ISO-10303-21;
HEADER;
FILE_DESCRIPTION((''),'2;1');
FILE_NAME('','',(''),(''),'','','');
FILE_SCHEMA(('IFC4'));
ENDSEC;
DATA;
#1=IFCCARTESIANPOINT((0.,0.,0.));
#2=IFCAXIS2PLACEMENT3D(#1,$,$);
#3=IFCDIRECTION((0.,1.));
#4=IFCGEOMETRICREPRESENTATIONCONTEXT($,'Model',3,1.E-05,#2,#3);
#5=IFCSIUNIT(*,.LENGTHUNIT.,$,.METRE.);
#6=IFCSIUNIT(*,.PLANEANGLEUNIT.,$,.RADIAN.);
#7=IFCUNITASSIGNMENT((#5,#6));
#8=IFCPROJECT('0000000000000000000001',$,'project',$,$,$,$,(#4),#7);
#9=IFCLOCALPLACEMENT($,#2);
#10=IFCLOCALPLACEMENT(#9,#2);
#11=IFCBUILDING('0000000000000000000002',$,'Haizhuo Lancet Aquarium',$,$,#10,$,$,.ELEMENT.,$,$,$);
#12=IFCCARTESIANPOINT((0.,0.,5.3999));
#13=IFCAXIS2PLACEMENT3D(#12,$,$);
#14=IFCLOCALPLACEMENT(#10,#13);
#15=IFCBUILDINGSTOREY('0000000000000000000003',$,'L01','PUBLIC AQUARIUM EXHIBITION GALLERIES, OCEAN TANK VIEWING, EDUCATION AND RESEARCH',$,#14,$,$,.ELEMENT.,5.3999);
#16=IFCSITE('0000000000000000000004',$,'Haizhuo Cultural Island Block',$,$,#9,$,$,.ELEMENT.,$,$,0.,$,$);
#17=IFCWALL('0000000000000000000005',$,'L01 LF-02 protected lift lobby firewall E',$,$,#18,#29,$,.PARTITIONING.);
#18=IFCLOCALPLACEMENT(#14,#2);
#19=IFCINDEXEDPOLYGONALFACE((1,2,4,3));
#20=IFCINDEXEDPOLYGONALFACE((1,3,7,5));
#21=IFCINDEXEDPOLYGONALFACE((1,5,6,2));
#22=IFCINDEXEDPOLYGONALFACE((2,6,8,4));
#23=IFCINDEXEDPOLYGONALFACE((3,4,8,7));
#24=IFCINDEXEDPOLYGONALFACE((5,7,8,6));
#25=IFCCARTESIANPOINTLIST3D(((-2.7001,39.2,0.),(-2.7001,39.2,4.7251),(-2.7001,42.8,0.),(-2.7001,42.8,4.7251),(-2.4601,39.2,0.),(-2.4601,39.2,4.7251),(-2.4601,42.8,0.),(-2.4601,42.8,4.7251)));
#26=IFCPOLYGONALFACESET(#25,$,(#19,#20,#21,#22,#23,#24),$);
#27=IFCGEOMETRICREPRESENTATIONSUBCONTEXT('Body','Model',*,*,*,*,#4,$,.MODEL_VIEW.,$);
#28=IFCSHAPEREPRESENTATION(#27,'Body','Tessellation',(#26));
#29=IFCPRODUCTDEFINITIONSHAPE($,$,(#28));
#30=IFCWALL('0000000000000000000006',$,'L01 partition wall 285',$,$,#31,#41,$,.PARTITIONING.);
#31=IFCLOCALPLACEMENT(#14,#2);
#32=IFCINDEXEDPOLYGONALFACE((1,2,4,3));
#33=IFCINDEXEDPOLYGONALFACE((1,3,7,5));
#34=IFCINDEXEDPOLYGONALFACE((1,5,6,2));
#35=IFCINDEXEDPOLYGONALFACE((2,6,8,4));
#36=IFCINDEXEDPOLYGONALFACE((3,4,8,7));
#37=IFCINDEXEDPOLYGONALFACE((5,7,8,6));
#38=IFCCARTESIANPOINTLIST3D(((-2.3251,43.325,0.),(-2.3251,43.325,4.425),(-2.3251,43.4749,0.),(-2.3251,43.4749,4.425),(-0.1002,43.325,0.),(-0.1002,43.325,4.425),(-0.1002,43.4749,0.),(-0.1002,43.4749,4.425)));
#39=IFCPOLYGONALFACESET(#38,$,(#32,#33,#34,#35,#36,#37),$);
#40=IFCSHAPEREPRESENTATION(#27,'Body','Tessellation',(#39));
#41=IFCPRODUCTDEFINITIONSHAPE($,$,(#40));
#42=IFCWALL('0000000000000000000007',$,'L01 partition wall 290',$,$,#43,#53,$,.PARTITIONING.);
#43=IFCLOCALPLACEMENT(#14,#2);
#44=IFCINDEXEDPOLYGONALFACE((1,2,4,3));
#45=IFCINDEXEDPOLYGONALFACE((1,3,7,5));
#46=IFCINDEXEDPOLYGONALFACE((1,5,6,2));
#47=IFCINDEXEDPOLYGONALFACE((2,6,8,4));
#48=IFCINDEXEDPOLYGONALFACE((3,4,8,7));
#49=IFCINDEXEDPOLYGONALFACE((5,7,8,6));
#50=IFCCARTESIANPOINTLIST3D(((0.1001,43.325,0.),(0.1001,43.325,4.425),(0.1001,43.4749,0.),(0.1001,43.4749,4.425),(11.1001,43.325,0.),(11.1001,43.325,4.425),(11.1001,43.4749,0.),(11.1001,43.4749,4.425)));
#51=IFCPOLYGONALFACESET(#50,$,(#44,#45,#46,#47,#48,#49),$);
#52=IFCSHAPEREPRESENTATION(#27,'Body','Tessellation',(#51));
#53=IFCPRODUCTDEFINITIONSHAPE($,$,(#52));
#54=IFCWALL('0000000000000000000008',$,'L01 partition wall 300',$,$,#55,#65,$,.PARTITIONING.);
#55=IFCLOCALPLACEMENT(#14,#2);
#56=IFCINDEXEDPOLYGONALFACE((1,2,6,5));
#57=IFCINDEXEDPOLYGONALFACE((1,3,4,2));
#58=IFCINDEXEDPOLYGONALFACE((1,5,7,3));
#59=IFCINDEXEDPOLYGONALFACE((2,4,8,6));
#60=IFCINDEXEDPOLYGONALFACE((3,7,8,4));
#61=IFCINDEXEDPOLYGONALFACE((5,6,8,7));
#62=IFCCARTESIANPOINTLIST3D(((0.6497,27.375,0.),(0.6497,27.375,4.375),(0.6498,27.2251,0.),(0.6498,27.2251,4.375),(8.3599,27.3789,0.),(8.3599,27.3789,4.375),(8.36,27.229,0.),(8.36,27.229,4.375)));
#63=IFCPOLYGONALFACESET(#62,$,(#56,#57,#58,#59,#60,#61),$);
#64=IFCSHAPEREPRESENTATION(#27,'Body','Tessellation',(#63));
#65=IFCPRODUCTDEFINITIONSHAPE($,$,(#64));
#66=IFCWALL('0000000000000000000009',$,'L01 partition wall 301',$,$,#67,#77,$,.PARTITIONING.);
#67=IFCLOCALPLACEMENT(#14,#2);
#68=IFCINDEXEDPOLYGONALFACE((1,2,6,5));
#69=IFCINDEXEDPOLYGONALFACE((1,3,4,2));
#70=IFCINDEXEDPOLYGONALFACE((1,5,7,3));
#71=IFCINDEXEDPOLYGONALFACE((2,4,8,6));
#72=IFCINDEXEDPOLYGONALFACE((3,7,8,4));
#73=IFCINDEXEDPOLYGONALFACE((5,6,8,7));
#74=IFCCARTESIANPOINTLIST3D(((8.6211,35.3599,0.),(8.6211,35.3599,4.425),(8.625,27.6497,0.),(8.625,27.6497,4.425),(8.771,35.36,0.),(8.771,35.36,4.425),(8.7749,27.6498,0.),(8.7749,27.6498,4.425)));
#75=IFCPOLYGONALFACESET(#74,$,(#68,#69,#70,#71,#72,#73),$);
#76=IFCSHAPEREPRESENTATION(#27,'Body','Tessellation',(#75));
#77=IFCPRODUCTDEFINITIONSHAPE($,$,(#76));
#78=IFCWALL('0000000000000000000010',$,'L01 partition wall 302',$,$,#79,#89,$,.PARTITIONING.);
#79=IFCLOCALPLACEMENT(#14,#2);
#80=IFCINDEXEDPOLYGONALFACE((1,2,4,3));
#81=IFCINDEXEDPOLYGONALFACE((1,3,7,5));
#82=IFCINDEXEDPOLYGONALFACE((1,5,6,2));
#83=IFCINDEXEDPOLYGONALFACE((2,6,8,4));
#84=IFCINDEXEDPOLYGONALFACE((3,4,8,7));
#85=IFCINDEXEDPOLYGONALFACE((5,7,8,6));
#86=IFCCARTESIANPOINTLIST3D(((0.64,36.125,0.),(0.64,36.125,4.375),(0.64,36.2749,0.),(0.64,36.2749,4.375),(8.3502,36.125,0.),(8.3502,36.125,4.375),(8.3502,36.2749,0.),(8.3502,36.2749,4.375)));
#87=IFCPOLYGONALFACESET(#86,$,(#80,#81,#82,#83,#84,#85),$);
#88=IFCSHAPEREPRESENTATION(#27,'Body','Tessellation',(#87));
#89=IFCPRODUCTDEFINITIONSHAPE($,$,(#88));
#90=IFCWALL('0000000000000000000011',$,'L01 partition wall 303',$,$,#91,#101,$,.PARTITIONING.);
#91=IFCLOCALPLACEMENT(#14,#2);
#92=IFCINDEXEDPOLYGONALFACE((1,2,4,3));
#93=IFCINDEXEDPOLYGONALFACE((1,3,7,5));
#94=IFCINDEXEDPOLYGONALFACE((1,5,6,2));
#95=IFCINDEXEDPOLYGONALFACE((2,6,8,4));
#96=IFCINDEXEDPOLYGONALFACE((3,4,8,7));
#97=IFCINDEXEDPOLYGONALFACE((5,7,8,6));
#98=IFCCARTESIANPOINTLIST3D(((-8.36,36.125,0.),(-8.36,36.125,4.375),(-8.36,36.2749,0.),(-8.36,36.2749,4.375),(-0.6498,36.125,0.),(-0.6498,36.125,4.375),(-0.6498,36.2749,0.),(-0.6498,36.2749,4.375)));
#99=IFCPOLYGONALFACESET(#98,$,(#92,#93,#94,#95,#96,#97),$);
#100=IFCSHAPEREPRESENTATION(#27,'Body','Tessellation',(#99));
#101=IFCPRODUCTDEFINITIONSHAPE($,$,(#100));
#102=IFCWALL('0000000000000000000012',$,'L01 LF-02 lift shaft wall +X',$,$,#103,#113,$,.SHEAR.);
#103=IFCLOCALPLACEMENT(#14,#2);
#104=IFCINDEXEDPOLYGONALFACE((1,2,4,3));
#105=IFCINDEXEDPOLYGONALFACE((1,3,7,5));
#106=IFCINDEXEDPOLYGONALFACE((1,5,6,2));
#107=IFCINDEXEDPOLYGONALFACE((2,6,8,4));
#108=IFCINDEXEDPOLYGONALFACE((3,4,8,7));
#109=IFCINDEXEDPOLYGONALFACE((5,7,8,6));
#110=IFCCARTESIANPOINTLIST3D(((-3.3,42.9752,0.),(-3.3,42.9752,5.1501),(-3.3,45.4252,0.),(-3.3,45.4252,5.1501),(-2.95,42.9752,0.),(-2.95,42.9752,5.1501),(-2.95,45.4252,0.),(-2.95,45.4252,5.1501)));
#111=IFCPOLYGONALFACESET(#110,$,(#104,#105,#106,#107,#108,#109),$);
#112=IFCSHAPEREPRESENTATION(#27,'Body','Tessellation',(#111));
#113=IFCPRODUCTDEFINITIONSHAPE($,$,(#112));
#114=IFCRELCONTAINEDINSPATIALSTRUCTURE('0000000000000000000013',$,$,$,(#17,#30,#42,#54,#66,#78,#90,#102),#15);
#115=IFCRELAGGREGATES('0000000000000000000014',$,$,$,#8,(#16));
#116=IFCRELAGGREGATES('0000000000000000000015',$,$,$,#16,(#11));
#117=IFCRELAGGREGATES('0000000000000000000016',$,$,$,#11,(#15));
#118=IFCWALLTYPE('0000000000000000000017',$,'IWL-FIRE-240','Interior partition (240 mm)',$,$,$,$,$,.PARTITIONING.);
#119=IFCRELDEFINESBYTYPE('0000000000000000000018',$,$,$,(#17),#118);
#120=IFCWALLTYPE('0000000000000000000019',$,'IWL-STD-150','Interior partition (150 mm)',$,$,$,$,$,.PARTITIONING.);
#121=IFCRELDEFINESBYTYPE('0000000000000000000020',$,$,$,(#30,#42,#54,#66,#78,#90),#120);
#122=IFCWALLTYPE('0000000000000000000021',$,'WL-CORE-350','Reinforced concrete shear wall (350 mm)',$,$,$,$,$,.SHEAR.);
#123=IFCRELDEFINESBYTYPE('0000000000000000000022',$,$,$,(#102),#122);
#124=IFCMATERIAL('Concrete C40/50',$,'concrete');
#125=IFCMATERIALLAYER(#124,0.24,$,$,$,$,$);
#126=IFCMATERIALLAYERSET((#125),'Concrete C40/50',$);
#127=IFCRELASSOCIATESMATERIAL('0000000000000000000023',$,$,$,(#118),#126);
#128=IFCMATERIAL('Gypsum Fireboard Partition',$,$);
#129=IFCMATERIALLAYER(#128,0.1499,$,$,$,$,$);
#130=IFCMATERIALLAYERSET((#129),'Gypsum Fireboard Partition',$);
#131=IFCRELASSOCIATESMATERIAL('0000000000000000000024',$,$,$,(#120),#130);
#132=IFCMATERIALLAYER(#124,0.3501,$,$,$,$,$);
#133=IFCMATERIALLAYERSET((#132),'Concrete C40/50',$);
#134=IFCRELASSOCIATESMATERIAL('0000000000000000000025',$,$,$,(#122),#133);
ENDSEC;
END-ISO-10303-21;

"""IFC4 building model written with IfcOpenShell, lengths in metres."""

from ifc_helpers import new_model, si_unit, direction, frame, frame_2d, origin, place, context, subcontext, project, spatial, rectangle, extrude, material, layer, layer_set, type_object, element, save


model = new_model("IFC4")

# Units and contexts
model_context = context("Model", 3, precision=1e-05, world=origin(), true_north=direction((0.0, 1.0)))
body_context = subcontext(model_context, "Body", "Model", "MODEL_VIEW")
ifc_project = project(units=[si_unit("LENGTHUNIT", "METRE"), si_unit("PLANEANGLEUNIT", "RADIAN")], contexts=[model_context])

# Site, building, storey
site_placement = place(None, origin())
site = spatial("IfcSite", under=ifc_project, at=site_placement, Name="Haizhuo Cultural Island Block", CompositionType="ELEMENT", RefElevation=0.0)
building_placement = place(site_placement, origin())
building = spatial("IfcBuilding", under=site, at=building_placement, Name="Haizhuo Lancet Aquarium", CompositionType="ELEMENT")
storey_placement = place(building_placement, frame((0.0, 0.0, 5.3999)))
storey = spatial("IfcBuildingStorey", under=building, at=storey_placement, Name="L01", Description="PUBLIC AQUARIUM EXHIBITION GALLERIES, OCEAN TANK VIEWING, EDUCATION AND RESEARCH", CompositionType="ELEMENT", Elevation=5.3999)

# Shared definitions
ifc_material_1 = material(Name="Concrete C40/50", Category="concrete")

# Walls
ifc_layer_1 = layer(ifc_material_1, 0.24)
ifc_layer_set_1 = layer_set([ifc_layer_1], Name="Concrete C40/50")
wall_type_1 = type_object("IfcWallType", Name="IWL-FIRE-240", Description="Interior partition (240 mm)", PredefinedType="PARTITIONING", material=ifc_layer_set_1)
wall_1_placement = place(storey_placement, frame((-2.5801, 39.2, 0.0), z_axis=(0.0, 0.0, 1.0), x_axis=(0.0, 1.0, 0.0)))
element("IfcWall", 1, at=wall_1_placement, inside=storey, type_object=wall_type_1, Name="L01 LF-02 protected lift lobby firewall E", PredefinedType="PARTITIONING", context=body_context, shape_type="SweptSolid", body=[
    extrude(rectangle(XDim=3.6001, YDim=0.24, at=frame_2d((1.8, 0.0))), origin(), (0.0, 0.0, 1.0), 4.7251),
])
ifc_material_2 = material(Name="Gypsum Fireboard Partition")
ifc_layer_2 = layer(ifc_material_2, 0.1499)
ifc_layer_set_2 = layer_set([ifc_layer_2], Name="Gypsum Fireboard Partition")
wall_type_2 = type_object("IfcWallType", Name="IWL-STD-150", Description="Interior partition (150 mm)", PredefinedType="PARTITIONING", material=ifc_layer_set_2)
wall_2_placement = place(storey_placement, frame((-2.325, 43.3999, 0.0), z_axis=(0.0, 0.0, 1.0), x_axis=(1.0, 0.0, 0.0)))
element("IfcWall", 2, at=wall_2_placement, inside=storey, type_object=wall_type_2, Name="L01 partition wall 285", PredefinedType="PARTITIONING", context=body_context, shape_type="SweptSolid", body=[
    extrude(rectangle(XDim=2.2249, YDim=0.1499, at=frame_2d((1.1123, 0.0))), origin(), (0.0, 0.0, 1.0), 4.425),
])
wall_3_placement = place(storey_placement, frame((0.1001, 43.3999, 0.0), z_axis=(0.0, 0.0, 1.0), x_axis=(1.0, 0.0, 0.0)))
element("IfcWall", 3, at=wall_3_placement, inside=storey, type_object=wall_type_2, Name="L01 partition wall 290", PredefinedType="PARTITIONING", context=body_context, shape_type="SweptSolid", body=[
    extrude(rectangle(XDim=11.0, YDim=0.1499, at=frame_2d((5.5, 0.0))), origin(), (0.0, 0.0, 1.0), 4.425),
])
wall_4_placement = place(storey_placement, frame((0.6499, 27.3, 0.0), z_axis=(0.0, 0.0, 1.0), x_axis=(1.0, 0.000507, 0.0)))
element("IfcWall", 4, at=wall_4_placement, inside=storey, type_object=wall_type_2, Name="L01 partition wall 300", PredefinedType="PARTITIONING", context=body_context, shape_type="SweptSolid", body=[
    extrude(rectangle(XDim=7.7102, YDim=0.1499, at=frame_2d((3.855, 0.0))), origin(), (0.0, 0.0, 1.0), 4.375),
])
wall_5_placement = place(storey_placement, frame((8.7, 27.6499, 0.0), z_axis=(0.0, 0.0, 1.0), x_axis=(-0.000507, 1.0, 0.0)))
element("IfcWall", 5, at=wall_5_placement, inside=storey, type_object=wall_type_2, Name="L01 partition wall 301", PredefinedType="PARTITIONING", context=body_context, shape_type="SweptSolid", body=[
    extrude(rectangle(XDim=7.7102, YDim=0.1499, at=frame_2d((3.855, 0.0))), origin(), (0.0, 0.0, 1.0), 4.425),
])
for number, where, z_axis, x_axis, name in (
    (6, (8.3501, 36.2, 0.0), (0.0, 0.0, 1.0), (-1.0, 0.0, 0.0), "L01 partition wall 302"),
    (7, (-0.6499, 36.2, 0.0), (0.0, 0.0, 1.0), (-1.0, 0.0, 0.0), "L01 partition wall 303"),
):
    element("IfcWall", number, at=place(storey_placement, frame(where, z_axis=z_axis, x_axis=x_axis)), inside=storey, type_object=wall_type_2, Name=name, PredefinedType="PARTITIONING", context=body_context, shape_type="SweptSolid", body=[
        extrude(rectangle(XDim=7.7102, YDim=0.1499, at=frame_2d((3.855, 0.0))), origin(), (0.0, 0.0, 1.0), 4.375),
    ])
ifc_layer_3 = layer(ifc_material_1, 0.3501)
ifc_layer_set_3 = layer_set([ifc_layer_3], Name="Concrete C40/50")
wall_type_3 = type_object("IfcWallType", Name="WL-CORE-350", Description="Reinforced concrete shear wall (350 mm)", PredefinedType="SHEAR", material=ifc_layer_set_3)
wall_6_placement = place(storey_placement, frame((-3.125, 42.9751, 0.0), z_axis=(0.0, 0.0, 1.0), x_axis=(0.0, 1.0, 0.0)))
element("IfcWall", 8, at=wall_6_placement, inside=storey, type_object=wall_type_3, Name="L01 LF-02 lift shaft wall +X", PredefinedType="SHEAR", context=body_context, shape_type="SweptSolid", body=[
    extrude(rectangle(XDim=2.45, YDim=0.3501, at=frame_2d((1.2251, 0.0))), origin(), (0.0, 0.0, 1.0), 5.1501),
])

save(model, "model.ifc")
